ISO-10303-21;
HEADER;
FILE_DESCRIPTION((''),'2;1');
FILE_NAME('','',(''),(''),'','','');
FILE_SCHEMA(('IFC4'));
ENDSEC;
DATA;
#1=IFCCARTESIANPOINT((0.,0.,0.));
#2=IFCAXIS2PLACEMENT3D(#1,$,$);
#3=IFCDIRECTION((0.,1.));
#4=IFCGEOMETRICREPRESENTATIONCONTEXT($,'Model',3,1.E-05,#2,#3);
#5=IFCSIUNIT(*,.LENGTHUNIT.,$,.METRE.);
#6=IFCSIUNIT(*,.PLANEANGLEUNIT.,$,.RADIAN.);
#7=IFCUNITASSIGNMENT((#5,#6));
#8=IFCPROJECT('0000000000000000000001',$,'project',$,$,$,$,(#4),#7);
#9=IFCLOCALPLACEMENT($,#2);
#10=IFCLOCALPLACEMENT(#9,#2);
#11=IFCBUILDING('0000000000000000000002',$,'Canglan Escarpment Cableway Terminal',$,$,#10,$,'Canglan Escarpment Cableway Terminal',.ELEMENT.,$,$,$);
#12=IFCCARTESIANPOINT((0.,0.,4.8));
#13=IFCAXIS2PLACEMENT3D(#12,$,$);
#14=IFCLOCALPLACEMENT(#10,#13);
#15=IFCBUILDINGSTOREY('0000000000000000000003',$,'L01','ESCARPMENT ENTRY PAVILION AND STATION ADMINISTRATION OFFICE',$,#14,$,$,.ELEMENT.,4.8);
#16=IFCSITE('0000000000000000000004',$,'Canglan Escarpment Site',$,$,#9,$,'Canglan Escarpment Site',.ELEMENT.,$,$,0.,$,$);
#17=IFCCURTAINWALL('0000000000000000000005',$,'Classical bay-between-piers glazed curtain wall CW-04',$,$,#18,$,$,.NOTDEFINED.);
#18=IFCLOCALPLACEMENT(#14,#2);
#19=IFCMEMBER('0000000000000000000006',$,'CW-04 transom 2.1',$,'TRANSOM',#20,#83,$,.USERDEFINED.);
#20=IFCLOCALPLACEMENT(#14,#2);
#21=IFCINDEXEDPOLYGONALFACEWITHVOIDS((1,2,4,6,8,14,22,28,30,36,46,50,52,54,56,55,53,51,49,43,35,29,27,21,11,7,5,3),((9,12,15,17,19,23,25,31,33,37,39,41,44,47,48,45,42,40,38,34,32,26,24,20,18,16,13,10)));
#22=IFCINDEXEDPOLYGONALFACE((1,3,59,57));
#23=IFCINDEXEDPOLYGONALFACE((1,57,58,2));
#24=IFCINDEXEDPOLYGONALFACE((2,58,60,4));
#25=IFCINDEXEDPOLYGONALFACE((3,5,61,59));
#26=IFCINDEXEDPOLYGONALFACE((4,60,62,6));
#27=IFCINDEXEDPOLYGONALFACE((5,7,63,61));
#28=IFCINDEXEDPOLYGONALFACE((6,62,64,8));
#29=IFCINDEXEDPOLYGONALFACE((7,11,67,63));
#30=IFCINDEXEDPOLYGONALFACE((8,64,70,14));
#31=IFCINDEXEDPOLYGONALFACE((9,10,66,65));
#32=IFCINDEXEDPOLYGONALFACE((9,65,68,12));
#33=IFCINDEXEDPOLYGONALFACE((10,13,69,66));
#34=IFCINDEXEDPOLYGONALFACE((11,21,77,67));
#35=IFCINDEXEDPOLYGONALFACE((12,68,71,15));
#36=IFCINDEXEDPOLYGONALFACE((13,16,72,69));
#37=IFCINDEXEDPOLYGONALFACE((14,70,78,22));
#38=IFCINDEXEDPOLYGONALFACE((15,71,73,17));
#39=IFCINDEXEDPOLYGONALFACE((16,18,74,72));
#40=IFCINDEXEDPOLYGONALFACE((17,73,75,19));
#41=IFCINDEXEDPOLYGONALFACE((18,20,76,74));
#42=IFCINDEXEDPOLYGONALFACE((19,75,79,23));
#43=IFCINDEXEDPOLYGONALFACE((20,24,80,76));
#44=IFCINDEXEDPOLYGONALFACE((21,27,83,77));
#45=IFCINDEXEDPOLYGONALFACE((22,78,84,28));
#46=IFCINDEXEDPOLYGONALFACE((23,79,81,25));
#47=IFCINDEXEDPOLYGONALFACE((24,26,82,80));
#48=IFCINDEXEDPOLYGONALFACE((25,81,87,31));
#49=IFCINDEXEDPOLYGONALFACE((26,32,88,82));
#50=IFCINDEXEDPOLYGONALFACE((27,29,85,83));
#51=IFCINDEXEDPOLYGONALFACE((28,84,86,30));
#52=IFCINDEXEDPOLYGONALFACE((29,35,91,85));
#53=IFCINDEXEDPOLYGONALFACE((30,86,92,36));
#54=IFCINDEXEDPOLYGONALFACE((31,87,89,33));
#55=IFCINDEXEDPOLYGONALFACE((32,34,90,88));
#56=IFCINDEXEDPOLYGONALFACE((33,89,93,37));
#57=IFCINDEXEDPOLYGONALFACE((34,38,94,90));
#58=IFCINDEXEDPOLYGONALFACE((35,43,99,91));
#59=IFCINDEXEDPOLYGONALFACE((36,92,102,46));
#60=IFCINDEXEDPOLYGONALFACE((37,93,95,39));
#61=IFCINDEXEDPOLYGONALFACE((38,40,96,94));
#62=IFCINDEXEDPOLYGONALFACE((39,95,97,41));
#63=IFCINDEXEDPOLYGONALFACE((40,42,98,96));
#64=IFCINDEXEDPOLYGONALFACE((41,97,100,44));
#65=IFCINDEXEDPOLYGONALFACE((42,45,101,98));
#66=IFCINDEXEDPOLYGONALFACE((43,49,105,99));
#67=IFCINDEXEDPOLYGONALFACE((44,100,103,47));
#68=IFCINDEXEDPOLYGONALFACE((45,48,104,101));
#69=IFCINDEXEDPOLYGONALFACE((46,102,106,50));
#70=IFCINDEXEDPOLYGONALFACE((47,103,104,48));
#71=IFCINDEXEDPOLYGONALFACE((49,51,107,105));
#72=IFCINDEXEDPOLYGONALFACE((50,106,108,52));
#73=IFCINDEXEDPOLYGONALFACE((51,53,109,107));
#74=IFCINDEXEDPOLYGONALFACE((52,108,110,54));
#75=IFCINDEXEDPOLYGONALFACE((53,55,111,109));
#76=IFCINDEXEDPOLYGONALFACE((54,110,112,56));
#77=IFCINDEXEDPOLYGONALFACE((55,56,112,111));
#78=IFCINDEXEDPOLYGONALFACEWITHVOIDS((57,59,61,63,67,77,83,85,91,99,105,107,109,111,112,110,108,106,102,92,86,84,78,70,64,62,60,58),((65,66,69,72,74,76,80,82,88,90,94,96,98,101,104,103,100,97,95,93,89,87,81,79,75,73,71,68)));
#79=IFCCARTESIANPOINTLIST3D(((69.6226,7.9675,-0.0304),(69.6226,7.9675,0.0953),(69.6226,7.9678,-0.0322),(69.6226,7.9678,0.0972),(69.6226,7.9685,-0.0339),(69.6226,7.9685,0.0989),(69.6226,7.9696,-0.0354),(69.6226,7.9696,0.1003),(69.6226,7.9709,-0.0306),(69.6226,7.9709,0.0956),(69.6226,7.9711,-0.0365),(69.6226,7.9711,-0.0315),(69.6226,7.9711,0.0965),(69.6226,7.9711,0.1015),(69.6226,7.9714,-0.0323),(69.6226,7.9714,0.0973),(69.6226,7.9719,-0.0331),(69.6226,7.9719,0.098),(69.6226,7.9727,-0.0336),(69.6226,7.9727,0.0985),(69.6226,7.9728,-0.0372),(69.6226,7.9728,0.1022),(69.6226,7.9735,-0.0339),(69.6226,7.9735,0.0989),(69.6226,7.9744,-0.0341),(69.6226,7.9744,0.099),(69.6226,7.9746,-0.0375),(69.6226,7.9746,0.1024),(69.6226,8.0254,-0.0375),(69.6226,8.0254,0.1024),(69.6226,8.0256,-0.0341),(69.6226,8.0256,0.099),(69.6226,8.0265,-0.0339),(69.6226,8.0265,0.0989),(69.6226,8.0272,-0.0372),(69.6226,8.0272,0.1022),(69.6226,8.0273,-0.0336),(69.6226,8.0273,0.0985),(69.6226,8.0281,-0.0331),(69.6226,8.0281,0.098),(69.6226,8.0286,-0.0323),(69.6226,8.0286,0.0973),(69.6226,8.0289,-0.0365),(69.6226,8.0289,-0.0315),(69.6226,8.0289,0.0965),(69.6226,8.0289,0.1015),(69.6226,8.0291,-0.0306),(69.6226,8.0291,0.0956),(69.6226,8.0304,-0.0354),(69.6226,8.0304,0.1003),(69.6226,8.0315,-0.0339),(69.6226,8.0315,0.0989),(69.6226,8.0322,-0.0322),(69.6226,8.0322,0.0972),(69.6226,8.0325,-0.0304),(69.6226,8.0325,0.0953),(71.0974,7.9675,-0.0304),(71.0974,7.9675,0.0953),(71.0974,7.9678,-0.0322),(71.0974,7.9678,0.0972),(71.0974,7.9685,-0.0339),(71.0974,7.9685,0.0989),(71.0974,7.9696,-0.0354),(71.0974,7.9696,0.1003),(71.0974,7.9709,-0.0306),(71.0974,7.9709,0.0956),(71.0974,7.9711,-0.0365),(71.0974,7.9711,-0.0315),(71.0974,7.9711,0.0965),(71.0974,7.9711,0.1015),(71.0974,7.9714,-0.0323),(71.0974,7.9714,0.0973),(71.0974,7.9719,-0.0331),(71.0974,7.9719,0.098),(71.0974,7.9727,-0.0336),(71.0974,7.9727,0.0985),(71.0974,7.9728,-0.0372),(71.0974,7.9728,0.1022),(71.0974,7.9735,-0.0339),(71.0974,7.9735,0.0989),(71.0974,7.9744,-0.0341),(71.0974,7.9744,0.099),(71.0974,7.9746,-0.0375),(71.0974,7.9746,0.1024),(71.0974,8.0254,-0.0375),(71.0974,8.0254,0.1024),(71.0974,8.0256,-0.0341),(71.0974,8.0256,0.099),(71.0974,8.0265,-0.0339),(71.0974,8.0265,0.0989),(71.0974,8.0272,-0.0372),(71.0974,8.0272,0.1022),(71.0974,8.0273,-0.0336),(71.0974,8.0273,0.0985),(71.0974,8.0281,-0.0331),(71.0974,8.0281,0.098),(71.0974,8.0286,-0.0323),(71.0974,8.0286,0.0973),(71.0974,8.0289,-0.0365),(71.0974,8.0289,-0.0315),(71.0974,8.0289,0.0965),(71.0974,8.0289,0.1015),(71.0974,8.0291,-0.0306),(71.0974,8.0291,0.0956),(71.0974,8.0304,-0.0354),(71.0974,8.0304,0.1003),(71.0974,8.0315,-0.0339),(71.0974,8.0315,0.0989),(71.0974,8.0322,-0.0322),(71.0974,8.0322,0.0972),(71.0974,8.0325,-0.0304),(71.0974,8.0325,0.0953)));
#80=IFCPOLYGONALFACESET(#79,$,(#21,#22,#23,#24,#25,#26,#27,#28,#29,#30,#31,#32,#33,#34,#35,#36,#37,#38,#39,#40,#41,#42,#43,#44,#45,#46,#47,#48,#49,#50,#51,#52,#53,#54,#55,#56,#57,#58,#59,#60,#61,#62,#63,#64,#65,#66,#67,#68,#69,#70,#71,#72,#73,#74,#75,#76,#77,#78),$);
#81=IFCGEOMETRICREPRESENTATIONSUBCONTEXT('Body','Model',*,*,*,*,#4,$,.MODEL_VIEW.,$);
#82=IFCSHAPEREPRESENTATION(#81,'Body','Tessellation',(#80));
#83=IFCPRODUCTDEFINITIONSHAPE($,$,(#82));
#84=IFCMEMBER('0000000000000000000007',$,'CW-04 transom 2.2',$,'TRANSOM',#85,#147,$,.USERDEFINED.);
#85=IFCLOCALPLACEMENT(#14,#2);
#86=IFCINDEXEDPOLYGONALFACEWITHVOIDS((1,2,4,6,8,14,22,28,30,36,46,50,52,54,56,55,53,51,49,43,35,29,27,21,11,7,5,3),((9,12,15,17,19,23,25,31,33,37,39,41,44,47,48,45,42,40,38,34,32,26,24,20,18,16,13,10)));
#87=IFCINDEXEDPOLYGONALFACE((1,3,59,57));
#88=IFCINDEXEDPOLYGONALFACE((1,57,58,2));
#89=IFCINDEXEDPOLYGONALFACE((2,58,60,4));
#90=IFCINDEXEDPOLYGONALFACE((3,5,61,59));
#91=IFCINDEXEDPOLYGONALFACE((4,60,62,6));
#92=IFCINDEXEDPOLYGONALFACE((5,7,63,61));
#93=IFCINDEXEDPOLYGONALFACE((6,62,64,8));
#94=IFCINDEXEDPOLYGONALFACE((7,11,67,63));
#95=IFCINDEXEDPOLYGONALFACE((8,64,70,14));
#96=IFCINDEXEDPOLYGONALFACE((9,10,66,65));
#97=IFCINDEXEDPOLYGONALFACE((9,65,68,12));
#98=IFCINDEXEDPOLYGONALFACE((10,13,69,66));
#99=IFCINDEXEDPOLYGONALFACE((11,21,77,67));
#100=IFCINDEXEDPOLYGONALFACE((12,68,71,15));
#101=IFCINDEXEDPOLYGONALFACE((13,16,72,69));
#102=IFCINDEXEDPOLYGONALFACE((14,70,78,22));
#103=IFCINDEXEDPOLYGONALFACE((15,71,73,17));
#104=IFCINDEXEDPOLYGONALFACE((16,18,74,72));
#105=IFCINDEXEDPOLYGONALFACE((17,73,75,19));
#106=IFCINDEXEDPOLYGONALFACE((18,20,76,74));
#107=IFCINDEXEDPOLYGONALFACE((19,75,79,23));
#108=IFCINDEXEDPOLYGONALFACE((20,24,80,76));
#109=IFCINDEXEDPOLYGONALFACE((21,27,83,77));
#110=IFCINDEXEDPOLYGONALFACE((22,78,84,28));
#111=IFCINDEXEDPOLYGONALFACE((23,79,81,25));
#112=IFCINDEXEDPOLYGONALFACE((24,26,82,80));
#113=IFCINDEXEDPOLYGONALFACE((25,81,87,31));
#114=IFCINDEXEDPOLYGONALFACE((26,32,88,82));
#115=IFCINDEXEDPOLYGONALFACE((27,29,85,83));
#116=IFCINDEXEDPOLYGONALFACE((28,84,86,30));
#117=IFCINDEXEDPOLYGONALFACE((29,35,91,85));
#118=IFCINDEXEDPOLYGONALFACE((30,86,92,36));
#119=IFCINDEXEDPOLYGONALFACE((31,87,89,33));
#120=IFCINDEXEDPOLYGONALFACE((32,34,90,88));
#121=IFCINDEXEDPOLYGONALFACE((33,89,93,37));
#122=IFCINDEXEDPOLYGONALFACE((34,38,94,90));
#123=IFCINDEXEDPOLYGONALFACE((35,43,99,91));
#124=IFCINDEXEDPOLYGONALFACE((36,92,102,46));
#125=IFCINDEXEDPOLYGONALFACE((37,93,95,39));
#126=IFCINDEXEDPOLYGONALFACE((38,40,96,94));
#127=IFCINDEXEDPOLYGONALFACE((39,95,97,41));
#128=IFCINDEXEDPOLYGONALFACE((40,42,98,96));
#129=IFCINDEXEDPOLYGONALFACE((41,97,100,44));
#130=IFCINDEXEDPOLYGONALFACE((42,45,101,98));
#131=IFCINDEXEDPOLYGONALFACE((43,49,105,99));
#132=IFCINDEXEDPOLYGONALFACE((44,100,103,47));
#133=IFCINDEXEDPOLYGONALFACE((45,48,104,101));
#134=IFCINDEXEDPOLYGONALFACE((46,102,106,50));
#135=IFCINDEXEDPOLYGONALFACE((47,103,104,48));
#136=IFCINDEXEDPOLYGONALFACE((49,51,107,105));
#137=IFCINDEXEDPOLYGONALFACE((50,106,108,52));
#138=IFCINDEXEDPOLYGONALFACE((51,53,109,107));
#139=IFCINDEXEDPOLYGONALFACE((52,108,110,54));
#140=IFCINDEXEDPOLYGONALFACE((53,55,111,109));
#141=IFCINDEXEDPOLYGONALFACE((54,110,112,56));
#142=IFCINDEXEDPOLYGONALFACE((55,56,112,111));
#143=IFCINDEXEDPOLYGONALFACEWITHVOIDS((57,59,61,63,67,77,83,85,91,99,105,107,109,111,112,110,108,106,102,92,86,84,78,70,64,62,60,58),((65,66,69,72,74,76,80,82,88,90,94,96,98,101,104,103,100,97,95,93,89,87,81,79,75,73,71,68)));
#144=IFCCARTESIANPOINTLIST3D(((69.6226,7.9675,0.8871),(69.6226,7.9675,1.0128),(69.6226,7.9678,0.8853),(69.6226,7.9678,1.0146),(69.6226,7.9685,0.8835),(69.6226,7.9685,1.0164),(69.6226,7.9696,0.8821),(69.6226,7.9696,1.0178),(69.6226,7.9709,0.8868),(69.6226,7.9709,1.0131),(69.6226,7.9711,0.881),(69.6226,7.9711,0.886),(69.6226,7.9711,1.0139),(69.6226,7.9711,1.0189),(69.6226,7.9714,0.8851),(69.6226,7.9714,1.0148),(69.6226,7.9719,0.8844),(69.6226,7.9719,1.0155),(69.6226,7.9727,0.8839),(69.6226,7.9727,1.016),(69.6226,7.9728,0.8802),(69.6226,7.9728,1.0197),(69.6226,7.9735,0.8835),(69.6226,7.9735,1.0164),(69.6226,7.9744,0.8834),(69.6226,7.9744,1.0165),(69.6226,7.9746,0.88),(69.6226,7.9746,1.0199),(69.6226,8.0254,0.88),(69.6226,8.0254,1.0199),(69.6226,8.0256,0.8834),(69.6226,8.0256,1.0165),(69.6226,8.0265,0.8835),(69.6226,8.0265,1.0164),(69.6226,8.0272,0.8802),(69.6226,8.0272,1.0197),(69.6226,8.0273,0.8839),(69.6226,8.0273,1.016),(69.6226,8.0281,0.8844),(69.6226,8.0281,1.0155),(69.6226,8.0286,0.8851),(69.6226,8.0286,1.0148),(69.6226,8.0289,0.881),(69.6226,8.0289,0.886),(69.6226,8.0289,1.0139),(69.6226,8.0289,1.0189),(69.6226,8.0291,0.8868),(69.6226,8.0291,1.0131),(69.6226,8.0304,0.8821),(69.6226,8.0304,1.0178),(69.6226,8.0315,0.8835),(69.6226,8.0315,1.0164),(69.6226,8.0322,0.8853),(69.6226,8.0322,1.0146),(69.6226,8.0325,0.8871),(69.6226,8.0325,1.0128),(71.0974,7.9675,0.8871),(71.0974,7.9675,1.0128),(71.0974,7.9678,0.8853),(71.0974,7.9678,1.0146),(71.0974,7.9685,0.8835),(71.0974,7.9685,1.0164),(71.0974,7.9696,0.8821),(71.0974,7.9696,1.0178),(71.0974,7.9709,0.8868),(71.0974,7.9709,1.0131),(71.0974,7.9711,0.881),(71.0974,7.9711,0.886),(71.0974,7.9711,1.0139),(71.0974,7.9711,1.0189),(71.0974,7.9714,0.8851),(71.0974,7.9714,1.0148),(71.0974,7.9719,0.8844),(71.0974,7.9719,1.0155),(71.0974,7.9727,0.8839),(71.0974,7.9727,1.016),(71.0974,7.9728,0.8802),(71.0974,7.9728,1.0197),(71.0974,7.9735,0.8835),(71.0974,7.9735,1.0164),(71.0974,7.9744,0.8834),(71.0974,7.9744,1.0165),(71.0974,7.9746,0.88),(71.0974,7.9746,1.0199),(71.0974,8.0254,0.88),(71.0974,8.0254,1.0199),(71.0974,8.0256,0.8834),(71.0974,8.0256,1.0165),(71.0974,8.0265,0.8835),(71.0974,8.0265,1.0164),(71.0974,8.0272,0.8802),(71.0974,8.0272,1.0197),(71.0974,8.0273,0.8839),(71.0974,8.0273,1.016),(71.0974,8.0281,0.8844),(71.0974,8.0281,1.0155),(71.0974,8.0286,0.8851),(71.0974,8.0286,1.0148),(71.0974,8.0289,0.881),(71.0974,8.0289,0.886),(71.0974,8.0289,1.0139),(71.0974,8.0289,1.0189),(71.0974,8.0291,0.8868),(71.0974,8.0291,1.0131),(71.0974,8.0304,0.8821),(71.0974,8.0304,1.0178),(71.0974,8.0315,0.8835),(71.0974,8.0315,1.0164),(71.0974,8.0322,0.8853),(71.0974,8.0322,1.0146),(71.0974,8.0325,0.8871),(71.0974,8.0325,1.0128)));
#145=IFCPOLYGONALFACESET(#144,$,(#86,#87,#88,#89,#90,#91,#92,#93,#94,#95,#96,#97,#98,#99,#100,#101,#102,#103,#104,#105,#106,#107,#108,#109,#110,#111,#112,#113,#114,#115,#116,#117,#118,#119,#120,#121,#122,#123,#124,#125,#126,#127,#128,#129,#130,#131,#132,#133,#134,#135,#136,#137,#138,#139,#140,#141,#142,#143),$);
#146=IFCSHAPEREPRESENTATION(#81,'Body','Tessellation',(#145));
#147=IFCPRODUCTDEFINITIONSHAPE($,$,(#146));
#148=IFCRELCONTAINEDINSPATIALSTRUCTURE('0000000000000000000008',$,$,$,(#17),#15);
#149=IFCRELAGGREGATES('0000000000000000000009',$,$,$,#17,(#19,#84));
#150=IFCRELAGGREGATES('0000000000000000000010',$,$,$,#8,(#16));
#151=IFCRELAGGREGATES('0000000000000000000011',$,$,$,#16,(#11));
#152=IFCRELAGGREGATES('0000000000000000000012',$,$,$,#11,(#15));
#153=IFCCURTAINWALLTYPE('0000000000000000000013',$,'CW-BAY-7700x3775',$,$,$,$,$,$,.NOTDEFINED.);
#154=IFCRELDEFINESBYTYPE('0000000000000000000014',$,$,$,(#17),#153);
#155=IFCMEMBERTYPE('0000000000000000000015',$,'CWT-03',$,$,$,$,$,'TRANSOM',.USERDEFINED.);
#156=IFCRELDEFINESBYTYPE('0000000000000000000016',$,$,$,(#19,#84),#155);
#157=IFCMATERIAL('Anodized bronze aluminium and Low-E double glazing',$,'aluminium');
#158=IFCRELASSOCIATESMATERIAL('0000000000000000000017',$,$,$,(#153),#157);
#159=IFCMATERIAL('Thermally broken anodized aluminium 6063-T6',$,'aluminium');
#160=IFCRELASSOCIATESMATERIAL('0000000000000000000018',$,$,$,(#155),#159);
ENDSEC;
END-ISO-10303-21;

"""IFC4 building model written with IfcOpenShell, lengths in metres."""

from ifc_helpers import new_model, si_unit, direction, frame, origin, origin_2d, place, context, subcontext, project, spatial, hollow_rectangle, extrude, material, material_profile, profile_set, type_object, element, aggregate, save


model = new_model("IFC4")

# Units and contexts
model_context = context("Model", 3, precision=1e-05, world=origin(), true_north=direction((0.0, 1.0)))
body_context = subcontext(model_context, "Body", "Model", "MODEL_VIEW")
ifc_project = project(units=[si_unit("LENGTHUNIT", "METRE"), si_unit("PLANEANGLEUNIT", "RADIAN")], contexts=[model_context])

# Site, building, storey
site_placement = place(None, origin())
site = spatial("IfcSite", under=ifc_project, at=site_placement, Name="Canglan Escarpment Site", LongName="Canglan Escarpment Site", CompositionType="ELEMENT", RefElevation=0.0)
building_placement = place(site_placement, origin())
building = spatial("IfcBuilding", under=site, at=building_placement, Name="Canglan Escarpment Cableway Terminal", LongName="Canglan Escarpment Cableway Terminal", CompositionType="ELEMENT")
storey_placement = place(building_placement, frame((0.0, 0.0, 4.8)))
storey = spatial("IfcBuildingStorey", under=building, at=storey_placement, Name="L01", Description="ESCARPMENT ENTRY PAVILION AND STATION ADMINISTRATION OFFICE", CompositionType="ELEMENT", Elevation=4.8)

# Curtain wall, members
ifc_material_1 = material(Name="Anodized bronze aluminium and Low-E double glazing", Category="aluminium")
curtain_wall_type = type_object("IfcCurtainWallType", Name="CW-BAY-7700x3775", PredefinedType="NOTDEFINED", material=ifc_material_1)
curtain_wall_placement = place(storey_placement, origin())
curtain_wall = element("IfcCurtainWall", 1, at=curtain_wall_placement, inside=storey, type_object=curtain_wall_type, Name="Classical bay-between-piers glazed curtain wall CW-04", PredefinedType="NOTDEFINED")
ifc_material_2 = material(Name="Thermally broken anodized aluminium 6063-T6", Category="aluminium")
ifc_material_profile_1 = material_profile(ifc_material_2, hollow_rectangle(XDim=0.0649, YDim=0.1399, WallThickness=0.0034, InnerFilletRadius=0.0034, OuterFilletRadius=0.0071, at=origin_2d()), Name="ALU-TRAN 65x140x3.5")
ifc_profile_set_1 = profile_set([ifc_material_profile_1], Name="Thermally broken anodized aluminium 6063-T6")
member_type_1 = type_object("IfcMemberType", Name="CWT-03", ElementType="TRANSOM", PredefinedType="USERDEFINED", material=ifc_profile_set_1)
member_1_placement = place(storey_placement, frame((69.6226, 8.0, 0.0325), z_axis=(1.0, 0.0, 0.0), x_axis=(0.0, 1.0, 0.0)))
member_1 = element("IfcMember", 2, at=member_1_placement, type_object=member_type_1, Name="CW-04 transom 2.1", ObjectType="TRANSOM", PredefinedType="USERDEFINED", context=body_context, shape_type="SweptSolid", body=[
    extrude(hollow_rectangle(XDim=0.0649, YDim=0.1399, WallThickness=0.0034, InnerFilletRadius=0.0034, OuterFilletRadius=0.0071, at=origin_2d()), origin(), (0.0, 0.0, 1.0), 1.4749),
])
member_2_placement = place(storey_placement, frame((69.6226, 8.0, 0.95), z_axis=(1.0, 0.0, 0.0), x_axis=(0.0, 1.0, 0.0)))
member_2 = element("IfcMember", 3, at=member_2_placement, type_object=member_type_1, Name="CW-04 transom 2.2", ObjectType="TRANSOM", PredefinedType="USERDEFINED", context=body_context, shape_type="SweptSolid", body=[
    extrude(hollow_rectangle(XDim=0.0649, YDim=0.1399, WallThickness=0.0034, InnerFilletRadius=0.0034, OuterFilletRadius=0.0071, at=origin_2d()), origin(), (0.0, 0.0, 1.0), 1.4749),
])

aggregate(curtain_wall, [member_1, member_2])

save(model, "model.ifc")
